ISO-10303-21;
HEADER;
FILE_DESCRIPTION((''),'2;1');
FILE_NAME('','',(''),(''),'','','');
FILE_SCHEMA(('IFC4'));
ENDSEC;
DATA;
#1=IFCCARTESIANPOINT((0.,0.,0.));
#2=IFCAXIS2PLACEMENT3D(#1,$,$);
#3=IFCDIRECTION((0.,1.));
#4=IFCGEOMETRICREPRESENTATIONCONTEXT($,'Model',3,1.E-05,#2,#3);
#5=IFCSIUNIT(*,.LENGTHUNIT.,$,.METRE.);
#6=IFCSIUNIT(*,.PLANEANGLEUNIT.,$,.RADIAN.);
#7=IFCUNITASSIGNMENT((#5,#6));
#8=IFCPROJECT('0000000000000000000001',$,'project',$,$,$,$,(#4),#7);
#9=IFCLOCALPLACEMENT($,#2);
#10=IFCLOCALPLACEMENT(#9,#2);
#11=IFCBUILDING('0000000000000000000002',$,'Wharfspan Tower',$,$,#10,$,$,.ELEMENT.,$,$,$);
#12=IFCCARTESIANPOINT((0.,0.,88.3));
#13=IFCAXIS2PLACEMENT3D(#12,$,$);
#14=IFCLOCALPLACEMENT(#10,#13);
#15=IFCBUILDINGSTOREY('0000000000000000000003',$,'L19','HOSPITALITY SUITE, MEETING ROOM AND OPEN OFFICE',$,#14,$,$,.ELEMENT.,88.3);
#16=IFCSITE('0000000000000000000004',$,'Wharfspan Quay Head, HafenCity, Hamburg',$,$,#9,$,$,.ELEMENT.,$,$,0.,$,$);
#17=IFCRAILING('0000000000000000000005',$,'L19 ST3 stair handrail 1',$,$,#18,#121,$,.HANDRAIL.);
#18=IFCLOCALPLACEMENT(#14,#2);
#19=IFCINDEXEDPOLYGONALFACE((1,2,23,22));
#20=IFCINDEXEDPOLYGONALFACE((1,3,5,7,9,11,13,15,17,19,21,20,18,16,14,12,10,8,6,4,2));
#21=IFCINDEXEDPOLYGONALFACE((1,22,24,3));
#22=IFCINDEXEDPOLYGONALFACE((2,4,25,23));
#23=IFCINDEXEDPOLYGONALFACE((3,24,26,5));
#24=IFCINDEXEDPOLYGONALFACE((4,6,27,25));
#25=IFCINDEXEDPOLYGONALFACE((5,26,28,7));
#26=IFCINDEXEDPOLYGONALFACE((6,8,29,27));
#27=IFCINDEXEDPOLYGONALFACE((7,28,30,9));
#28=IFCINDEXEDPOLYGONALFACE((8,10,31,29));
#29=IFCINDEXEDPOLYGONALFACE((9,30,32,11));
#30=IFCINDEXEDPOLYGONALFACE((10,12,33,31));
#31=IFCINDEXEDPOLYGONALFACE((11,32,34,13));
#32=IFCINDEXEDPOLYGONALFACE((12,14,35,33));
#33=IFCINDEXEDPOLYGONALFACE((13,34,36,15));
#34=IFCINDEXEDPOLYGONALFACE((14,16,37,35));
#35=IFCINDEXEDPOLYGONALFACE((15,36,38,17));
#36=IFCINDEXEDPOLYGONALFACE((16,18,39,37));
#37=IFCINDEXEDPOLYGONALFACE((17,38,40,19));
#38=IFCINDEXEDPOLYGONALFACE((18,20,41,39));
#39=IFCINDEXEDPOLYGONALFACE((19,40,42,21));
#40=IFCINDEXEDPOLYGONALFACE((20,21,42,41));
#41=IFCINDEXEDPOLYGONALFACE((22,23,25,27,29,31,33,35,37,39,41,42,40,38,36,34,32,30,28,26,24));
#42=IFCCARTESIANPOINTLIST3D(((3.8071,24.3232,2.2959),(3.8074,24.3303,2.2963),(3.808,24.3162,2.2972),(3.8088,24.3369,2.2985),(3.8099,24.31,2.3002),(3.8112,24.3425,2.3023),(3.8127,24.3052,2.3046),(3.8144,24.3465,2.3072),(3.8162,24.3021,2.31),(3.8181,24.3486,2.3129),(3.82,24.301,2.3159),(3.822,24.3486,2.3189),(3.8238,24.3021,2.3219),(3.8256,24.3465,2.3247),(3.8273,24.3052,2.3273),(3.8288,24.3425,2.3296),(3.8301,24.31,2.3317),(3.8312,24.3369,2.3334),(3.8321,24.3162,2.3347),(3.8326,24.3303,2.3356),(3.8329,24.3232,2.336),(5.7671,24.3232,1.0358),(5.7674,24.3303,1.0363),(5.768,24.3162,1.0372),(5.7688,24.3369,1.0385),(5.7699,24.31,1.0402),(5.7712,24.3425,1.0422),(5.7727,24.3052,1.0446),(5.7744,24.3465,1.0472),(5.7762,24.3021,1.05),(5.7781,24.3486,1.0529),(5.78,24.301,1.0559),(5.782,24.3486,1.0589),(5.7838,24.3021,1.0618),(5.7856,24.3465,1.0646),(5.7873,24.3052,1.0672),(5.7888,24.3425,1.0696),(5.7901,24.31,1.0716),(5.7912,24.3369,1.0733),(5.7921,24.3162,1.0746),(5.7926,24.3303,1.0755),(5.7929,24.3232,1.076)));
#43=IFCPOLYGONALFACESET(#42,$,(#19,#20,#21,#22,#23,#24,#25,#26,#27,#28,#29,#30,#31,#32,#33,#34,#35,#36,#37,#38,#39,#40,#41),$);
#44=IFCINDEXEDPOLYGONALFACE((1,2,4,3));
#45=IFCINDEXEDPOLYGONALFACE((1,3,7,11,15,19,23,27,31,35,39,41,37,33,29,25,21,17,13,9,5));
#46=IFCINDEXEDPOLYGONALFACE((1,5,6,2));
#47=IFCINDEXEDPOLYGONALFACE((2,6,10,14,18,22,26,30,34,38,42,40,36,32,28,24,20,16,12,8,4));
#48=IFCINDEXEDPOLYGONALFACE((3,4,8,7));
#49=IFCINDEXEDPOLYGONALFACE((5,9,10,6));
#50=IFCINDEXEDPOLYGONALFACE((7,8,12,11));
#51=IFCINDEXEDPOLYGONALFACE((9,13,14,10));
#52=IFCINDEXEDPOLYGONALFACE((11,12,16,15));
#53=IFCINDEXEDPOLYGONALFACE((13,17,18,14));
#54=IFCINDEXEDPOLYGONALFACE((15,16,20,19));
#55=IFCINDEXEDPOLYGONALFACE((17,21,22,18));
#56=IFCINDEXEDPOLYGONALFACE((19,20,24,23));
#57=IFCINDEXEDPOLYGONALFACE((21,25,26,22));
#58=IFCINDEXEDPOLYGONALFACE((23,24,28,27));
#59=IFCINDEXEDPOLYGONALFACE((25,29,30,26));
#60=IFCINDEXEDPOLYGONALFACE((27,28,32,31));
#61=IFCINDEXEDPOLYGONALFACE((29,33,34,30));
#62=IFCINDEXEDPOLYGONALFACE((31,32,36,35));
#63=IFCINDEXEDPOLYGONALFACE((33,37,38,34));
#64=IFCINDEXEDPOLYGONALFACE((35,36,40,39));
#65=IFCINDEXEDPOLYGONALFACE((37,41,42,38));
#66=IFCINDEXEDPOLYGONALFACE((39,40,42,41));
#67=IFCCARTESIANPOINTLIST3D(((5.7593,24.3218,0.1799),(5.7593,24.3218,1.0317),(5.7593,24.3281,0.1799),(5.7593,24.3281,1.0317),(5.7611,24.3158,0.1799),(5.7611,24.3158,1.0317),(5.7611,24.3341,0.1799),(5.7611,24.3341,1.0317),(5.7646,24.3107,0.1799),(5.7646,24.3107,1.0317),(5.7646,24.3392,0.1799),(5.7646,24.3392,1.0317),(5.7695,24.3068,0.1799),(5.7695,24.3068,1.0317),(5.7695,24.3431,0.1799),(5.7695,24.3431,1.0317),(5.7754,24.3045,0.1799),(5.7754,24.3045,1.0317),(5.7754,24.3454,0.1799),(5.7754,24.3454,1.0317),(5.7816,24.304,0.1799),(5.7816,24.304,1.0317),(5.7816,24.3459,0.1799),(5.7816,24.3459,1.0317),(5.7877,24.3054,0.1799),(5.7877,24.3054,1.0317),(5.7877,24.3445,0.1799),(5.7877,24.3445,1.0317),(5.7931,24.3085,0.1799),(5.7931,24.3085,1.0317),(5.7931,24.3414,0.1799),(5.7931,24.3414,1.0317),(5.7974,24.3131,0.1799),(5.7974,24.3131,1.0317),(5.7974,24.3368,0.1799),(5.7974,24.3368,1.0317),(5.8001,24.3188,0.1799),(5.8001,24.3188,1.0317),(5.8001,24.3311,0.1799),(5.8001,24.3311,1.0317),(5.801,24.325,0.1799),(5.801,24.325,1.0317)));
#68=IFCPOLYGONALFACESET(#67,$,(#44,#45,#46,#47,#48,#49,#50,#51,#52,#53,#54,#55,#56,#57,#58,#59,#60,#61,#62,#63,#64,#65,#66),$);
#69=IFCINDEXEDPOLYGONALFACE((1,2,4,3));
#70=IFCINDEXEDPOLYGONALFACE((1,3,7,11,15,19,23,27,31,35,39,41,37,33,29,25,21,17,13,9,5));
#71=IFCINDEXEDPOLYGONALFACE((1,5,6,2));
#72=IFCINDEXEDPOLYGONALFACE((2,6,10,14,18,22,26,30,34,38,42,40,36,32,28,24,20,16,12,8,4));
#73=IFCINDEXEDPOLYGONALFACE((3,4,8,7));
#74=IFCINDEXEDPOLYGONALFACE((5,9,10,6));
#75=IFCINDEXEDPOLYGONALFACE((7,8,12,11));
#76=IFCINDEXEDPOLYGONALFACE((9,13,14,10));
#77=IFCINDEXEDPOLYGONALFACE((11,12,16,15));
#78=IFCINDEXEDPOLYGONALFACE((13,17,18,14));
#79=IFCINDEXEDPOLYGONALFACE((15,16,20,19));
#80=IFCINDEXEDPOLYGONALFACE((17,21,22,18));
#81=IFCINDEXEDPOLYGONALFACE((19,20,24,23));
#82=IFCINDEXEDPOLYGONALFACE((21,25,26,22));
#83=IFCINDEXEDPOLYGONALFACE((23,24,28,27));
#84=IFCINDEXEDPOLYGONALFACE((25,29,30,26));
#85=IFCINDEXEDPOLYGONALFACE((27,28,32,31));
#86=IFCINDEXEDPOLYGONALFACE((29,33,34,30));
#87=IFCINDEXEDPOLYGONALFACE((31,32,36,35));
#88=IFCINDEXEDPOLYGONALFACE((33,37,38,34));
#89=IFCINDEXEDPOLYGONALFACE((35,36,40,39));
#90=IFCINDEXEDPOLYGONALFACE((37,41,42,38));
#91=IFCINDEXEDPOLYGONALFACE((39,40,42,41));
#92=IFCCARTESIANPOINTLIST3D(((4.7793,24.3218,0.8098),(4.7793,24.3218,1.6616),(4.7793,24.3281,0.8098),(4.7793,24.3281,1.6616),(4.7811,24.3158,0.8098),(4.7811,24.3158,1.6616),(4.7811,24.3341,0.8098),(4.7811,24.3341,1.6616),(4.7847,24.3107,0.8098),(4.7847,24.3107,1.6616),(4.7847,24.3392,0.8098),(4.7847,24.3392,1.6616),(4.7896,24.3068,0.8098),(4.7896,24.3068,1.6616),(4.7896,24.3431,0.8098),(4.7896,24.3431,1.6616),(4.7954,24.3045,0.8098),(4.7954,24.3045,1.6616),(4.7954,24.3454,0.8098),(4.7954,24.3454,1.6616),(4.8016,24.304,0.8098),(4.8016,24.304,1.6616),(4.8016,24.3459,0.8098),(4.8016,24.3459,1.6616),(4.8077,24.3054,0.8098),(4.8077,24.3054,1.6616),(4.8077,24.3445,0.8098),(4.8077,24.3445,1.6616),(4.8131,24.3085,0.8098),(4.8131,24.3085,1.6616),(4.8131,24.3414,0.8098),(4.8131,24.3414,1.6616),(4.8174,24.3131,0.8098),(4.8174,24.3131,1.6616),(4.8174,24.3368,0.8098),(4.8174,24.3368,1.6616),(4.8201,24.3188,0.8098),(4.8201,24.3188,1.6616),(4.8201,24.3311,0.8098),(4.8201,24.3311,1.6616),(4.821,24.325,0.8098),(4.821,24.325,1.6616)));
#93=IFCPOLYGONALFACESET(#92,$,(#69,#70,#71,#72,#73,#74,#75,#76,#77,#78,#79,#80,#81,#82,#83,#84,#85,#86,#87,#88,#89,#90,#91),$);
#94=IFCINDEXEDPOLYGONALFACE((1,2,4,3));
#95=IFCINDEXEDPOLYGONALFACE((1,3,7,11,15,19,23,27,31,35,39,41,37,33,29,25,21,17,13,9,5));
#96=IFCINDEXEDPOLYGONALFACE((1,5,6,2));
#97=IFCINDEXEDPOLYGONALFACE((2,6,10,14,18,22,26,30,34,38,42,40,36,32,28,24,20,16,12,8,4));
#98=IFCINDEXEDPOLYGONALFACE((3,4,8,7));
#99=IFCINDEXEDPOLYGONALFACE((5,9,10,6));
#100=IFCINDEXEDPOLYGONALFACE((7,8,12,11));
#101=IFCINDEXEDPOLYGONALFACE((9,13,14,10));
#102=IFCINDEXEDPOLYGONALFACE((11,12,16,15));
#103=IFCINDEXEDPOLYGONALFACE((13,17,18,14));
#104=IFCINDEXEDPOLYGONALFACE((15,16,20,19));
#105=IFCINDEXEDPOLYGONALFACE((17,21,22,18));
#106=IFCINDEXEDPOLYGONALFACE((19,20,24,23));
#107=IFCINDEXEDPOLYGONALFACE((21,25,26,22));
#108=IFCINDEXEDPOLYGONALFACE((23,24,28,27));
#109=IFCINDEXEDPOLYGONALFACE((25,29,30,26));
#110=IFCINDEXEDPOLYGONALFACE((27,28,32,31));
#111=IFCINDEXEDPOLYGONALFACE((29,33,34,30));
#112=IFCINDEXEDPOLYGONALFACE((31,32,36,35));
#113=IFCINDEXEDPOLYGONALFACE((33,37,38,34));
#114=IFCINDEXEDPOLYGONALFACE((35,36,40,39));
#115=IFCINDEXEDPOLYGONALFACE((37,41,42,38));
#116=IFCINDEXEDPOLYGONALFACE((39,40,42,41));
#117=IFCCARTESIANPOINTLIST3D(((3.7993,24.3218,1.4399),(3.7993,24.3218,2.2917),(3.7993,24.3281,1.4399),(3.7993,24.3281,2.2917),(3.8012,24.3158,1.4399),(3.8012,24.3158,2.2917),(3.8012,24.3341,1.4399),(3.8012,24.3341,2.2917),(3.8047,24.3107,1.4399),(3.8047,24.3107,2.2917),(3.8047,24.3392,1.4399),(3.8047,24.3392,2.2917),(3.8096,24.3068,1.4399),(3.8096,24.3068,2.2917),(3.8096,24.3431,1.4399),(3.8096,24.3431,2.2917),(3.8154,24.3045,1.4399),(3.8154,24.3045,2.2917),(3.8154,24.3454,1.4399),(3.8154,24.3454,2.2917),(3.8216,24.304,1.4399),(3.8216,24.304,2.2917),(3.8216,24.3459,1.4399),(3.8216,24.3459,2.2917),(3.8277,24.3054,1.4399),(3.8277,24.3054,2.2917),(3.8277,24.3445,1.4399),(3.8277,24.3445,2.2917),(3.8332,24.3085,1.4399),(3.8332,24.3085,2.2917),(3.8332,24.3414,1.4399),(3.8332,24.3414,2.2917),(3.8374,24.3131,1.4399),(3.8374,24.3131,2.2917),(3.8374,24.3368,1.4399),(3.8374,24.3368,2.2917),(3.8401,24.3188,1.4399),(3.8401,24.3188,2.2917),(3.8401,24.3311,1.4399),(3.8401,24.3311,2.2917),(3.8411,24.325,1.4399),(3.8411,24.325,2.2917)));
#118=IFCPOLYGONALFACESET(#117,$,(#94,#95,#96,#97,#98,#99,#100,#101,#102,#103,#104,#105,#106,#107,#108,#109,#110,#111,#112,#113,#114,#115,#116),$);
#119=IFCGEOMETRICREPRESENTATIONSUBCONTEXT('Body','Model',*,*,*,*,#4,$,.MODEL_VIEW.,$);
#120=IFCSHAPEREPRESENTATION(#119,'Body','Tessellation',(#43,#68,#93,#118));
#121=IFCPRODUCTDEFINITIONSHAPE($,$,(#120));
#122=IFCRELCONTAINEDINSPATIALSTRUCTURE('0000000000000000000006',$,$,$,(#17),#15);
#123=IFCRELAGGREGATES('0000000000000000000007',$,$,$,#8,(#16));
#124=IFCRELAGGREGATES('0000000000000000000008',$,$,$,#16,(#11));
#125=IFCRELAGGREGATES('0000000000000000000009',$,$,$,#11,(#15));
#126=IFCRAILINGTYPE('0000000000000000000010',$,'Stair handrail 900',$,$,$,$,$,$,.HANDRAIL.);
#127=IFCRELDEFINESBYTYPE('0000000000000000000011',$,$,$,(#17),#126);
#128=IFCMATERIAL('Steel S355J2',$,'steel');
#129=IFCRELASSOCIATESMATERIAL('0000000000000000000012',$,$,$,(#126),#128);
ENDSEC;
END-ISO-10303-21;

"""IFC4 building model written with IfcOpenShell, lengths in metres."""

from ifc_helpers import new_model, si_unit, direction, frame, origin, origin_2d, place, context, subcontext, project, spatial, circle, extrude, material, type_object, element, save


model = new_model("IFC4")

# Units and contexts
model_context = context("Model", 3, precision=1e-05, world=origin(), true_north=direction((0.0, 1.0)))
body_context = subcontext(model_context, "Body", "Model", "MODEL_VIEW")
ifc_project = project(units=[si_unit("LENGTHUNIT", "METRE"), si_unit("PLANEANGLEUNIT", "RADIAN")], contexts=[model_context])

# Site, building, storey
site_placement = place(None, origin())
site = spatial("IfcSite", under=ifc_project, at=site_placement, Name="Wharfspan Quay Head, HafenCity, Hamburg", CompositionType="ELEMENT", RefElevation=0.0)
building_placement = place(site_placement, origin())
building = spatial("IfcBuilding", under=site, at=building_placement, Name="Wharfspan Tower", CompositionType="ELEMENT")
storey_placement = place(building_placement, frame((0.0, 0.0, 88.3)))
storey = spatial("IfcBuildingStorey", under=building, at=storey_placement, Name="L19", Description="HOSPITALITY SUITE, MEETING ROOM AND OPEN OFFICE", CompositionType="ELEMENT", Elevation=88.3)

# Shared definitions
ifc_material_1 = material(Name="Steel S355J2", Category="steel")

# Railing
railing_type_1 = type_object("IfcRailingType", Name="Stair handrail 900", PredefinedType="HANDRAIL", material=ifc_material_1)
railing_1_placement = place(storey_placement, frame((5.78, 24.325, 0.1799)))
element("IfcRailing", 1, at=railing_1_placement, inside=storey, type_object=railing_type_1, Name="L19 ST3 stair handrail 1", PredefinedType="HANDRAIL", context=body_context, shape_type="SweptSolid", body=[
    extrude(circle(Radius=0.0239, at=origin_2d()), frame((0.0, 0.0, 0.876), z_axis=(-0.841172, 0.0, 0.540768), x_axis=(0.0, -1.0, 0.0)), (0.0, 0.0, 1.0), 2.3301),
    extrude(circle(Radius=0.021, at=origin_2d()), origin(), (0.0, 0.0, 1.0), 0.8518),
    extrude(circle(Radius=0.021, at=origin_2d()), frame((-0.98, 0.0, 0.6299)), (0.0, 0.0, 1.0), 0.8518),
    extrude(circle(Radius=0.021, at=origin_2d()), frame((-1.96, 0.0, 1.26)), (0.0, 0.0, 1.0), 0.8518),
])

save(model, "model.ifc")
